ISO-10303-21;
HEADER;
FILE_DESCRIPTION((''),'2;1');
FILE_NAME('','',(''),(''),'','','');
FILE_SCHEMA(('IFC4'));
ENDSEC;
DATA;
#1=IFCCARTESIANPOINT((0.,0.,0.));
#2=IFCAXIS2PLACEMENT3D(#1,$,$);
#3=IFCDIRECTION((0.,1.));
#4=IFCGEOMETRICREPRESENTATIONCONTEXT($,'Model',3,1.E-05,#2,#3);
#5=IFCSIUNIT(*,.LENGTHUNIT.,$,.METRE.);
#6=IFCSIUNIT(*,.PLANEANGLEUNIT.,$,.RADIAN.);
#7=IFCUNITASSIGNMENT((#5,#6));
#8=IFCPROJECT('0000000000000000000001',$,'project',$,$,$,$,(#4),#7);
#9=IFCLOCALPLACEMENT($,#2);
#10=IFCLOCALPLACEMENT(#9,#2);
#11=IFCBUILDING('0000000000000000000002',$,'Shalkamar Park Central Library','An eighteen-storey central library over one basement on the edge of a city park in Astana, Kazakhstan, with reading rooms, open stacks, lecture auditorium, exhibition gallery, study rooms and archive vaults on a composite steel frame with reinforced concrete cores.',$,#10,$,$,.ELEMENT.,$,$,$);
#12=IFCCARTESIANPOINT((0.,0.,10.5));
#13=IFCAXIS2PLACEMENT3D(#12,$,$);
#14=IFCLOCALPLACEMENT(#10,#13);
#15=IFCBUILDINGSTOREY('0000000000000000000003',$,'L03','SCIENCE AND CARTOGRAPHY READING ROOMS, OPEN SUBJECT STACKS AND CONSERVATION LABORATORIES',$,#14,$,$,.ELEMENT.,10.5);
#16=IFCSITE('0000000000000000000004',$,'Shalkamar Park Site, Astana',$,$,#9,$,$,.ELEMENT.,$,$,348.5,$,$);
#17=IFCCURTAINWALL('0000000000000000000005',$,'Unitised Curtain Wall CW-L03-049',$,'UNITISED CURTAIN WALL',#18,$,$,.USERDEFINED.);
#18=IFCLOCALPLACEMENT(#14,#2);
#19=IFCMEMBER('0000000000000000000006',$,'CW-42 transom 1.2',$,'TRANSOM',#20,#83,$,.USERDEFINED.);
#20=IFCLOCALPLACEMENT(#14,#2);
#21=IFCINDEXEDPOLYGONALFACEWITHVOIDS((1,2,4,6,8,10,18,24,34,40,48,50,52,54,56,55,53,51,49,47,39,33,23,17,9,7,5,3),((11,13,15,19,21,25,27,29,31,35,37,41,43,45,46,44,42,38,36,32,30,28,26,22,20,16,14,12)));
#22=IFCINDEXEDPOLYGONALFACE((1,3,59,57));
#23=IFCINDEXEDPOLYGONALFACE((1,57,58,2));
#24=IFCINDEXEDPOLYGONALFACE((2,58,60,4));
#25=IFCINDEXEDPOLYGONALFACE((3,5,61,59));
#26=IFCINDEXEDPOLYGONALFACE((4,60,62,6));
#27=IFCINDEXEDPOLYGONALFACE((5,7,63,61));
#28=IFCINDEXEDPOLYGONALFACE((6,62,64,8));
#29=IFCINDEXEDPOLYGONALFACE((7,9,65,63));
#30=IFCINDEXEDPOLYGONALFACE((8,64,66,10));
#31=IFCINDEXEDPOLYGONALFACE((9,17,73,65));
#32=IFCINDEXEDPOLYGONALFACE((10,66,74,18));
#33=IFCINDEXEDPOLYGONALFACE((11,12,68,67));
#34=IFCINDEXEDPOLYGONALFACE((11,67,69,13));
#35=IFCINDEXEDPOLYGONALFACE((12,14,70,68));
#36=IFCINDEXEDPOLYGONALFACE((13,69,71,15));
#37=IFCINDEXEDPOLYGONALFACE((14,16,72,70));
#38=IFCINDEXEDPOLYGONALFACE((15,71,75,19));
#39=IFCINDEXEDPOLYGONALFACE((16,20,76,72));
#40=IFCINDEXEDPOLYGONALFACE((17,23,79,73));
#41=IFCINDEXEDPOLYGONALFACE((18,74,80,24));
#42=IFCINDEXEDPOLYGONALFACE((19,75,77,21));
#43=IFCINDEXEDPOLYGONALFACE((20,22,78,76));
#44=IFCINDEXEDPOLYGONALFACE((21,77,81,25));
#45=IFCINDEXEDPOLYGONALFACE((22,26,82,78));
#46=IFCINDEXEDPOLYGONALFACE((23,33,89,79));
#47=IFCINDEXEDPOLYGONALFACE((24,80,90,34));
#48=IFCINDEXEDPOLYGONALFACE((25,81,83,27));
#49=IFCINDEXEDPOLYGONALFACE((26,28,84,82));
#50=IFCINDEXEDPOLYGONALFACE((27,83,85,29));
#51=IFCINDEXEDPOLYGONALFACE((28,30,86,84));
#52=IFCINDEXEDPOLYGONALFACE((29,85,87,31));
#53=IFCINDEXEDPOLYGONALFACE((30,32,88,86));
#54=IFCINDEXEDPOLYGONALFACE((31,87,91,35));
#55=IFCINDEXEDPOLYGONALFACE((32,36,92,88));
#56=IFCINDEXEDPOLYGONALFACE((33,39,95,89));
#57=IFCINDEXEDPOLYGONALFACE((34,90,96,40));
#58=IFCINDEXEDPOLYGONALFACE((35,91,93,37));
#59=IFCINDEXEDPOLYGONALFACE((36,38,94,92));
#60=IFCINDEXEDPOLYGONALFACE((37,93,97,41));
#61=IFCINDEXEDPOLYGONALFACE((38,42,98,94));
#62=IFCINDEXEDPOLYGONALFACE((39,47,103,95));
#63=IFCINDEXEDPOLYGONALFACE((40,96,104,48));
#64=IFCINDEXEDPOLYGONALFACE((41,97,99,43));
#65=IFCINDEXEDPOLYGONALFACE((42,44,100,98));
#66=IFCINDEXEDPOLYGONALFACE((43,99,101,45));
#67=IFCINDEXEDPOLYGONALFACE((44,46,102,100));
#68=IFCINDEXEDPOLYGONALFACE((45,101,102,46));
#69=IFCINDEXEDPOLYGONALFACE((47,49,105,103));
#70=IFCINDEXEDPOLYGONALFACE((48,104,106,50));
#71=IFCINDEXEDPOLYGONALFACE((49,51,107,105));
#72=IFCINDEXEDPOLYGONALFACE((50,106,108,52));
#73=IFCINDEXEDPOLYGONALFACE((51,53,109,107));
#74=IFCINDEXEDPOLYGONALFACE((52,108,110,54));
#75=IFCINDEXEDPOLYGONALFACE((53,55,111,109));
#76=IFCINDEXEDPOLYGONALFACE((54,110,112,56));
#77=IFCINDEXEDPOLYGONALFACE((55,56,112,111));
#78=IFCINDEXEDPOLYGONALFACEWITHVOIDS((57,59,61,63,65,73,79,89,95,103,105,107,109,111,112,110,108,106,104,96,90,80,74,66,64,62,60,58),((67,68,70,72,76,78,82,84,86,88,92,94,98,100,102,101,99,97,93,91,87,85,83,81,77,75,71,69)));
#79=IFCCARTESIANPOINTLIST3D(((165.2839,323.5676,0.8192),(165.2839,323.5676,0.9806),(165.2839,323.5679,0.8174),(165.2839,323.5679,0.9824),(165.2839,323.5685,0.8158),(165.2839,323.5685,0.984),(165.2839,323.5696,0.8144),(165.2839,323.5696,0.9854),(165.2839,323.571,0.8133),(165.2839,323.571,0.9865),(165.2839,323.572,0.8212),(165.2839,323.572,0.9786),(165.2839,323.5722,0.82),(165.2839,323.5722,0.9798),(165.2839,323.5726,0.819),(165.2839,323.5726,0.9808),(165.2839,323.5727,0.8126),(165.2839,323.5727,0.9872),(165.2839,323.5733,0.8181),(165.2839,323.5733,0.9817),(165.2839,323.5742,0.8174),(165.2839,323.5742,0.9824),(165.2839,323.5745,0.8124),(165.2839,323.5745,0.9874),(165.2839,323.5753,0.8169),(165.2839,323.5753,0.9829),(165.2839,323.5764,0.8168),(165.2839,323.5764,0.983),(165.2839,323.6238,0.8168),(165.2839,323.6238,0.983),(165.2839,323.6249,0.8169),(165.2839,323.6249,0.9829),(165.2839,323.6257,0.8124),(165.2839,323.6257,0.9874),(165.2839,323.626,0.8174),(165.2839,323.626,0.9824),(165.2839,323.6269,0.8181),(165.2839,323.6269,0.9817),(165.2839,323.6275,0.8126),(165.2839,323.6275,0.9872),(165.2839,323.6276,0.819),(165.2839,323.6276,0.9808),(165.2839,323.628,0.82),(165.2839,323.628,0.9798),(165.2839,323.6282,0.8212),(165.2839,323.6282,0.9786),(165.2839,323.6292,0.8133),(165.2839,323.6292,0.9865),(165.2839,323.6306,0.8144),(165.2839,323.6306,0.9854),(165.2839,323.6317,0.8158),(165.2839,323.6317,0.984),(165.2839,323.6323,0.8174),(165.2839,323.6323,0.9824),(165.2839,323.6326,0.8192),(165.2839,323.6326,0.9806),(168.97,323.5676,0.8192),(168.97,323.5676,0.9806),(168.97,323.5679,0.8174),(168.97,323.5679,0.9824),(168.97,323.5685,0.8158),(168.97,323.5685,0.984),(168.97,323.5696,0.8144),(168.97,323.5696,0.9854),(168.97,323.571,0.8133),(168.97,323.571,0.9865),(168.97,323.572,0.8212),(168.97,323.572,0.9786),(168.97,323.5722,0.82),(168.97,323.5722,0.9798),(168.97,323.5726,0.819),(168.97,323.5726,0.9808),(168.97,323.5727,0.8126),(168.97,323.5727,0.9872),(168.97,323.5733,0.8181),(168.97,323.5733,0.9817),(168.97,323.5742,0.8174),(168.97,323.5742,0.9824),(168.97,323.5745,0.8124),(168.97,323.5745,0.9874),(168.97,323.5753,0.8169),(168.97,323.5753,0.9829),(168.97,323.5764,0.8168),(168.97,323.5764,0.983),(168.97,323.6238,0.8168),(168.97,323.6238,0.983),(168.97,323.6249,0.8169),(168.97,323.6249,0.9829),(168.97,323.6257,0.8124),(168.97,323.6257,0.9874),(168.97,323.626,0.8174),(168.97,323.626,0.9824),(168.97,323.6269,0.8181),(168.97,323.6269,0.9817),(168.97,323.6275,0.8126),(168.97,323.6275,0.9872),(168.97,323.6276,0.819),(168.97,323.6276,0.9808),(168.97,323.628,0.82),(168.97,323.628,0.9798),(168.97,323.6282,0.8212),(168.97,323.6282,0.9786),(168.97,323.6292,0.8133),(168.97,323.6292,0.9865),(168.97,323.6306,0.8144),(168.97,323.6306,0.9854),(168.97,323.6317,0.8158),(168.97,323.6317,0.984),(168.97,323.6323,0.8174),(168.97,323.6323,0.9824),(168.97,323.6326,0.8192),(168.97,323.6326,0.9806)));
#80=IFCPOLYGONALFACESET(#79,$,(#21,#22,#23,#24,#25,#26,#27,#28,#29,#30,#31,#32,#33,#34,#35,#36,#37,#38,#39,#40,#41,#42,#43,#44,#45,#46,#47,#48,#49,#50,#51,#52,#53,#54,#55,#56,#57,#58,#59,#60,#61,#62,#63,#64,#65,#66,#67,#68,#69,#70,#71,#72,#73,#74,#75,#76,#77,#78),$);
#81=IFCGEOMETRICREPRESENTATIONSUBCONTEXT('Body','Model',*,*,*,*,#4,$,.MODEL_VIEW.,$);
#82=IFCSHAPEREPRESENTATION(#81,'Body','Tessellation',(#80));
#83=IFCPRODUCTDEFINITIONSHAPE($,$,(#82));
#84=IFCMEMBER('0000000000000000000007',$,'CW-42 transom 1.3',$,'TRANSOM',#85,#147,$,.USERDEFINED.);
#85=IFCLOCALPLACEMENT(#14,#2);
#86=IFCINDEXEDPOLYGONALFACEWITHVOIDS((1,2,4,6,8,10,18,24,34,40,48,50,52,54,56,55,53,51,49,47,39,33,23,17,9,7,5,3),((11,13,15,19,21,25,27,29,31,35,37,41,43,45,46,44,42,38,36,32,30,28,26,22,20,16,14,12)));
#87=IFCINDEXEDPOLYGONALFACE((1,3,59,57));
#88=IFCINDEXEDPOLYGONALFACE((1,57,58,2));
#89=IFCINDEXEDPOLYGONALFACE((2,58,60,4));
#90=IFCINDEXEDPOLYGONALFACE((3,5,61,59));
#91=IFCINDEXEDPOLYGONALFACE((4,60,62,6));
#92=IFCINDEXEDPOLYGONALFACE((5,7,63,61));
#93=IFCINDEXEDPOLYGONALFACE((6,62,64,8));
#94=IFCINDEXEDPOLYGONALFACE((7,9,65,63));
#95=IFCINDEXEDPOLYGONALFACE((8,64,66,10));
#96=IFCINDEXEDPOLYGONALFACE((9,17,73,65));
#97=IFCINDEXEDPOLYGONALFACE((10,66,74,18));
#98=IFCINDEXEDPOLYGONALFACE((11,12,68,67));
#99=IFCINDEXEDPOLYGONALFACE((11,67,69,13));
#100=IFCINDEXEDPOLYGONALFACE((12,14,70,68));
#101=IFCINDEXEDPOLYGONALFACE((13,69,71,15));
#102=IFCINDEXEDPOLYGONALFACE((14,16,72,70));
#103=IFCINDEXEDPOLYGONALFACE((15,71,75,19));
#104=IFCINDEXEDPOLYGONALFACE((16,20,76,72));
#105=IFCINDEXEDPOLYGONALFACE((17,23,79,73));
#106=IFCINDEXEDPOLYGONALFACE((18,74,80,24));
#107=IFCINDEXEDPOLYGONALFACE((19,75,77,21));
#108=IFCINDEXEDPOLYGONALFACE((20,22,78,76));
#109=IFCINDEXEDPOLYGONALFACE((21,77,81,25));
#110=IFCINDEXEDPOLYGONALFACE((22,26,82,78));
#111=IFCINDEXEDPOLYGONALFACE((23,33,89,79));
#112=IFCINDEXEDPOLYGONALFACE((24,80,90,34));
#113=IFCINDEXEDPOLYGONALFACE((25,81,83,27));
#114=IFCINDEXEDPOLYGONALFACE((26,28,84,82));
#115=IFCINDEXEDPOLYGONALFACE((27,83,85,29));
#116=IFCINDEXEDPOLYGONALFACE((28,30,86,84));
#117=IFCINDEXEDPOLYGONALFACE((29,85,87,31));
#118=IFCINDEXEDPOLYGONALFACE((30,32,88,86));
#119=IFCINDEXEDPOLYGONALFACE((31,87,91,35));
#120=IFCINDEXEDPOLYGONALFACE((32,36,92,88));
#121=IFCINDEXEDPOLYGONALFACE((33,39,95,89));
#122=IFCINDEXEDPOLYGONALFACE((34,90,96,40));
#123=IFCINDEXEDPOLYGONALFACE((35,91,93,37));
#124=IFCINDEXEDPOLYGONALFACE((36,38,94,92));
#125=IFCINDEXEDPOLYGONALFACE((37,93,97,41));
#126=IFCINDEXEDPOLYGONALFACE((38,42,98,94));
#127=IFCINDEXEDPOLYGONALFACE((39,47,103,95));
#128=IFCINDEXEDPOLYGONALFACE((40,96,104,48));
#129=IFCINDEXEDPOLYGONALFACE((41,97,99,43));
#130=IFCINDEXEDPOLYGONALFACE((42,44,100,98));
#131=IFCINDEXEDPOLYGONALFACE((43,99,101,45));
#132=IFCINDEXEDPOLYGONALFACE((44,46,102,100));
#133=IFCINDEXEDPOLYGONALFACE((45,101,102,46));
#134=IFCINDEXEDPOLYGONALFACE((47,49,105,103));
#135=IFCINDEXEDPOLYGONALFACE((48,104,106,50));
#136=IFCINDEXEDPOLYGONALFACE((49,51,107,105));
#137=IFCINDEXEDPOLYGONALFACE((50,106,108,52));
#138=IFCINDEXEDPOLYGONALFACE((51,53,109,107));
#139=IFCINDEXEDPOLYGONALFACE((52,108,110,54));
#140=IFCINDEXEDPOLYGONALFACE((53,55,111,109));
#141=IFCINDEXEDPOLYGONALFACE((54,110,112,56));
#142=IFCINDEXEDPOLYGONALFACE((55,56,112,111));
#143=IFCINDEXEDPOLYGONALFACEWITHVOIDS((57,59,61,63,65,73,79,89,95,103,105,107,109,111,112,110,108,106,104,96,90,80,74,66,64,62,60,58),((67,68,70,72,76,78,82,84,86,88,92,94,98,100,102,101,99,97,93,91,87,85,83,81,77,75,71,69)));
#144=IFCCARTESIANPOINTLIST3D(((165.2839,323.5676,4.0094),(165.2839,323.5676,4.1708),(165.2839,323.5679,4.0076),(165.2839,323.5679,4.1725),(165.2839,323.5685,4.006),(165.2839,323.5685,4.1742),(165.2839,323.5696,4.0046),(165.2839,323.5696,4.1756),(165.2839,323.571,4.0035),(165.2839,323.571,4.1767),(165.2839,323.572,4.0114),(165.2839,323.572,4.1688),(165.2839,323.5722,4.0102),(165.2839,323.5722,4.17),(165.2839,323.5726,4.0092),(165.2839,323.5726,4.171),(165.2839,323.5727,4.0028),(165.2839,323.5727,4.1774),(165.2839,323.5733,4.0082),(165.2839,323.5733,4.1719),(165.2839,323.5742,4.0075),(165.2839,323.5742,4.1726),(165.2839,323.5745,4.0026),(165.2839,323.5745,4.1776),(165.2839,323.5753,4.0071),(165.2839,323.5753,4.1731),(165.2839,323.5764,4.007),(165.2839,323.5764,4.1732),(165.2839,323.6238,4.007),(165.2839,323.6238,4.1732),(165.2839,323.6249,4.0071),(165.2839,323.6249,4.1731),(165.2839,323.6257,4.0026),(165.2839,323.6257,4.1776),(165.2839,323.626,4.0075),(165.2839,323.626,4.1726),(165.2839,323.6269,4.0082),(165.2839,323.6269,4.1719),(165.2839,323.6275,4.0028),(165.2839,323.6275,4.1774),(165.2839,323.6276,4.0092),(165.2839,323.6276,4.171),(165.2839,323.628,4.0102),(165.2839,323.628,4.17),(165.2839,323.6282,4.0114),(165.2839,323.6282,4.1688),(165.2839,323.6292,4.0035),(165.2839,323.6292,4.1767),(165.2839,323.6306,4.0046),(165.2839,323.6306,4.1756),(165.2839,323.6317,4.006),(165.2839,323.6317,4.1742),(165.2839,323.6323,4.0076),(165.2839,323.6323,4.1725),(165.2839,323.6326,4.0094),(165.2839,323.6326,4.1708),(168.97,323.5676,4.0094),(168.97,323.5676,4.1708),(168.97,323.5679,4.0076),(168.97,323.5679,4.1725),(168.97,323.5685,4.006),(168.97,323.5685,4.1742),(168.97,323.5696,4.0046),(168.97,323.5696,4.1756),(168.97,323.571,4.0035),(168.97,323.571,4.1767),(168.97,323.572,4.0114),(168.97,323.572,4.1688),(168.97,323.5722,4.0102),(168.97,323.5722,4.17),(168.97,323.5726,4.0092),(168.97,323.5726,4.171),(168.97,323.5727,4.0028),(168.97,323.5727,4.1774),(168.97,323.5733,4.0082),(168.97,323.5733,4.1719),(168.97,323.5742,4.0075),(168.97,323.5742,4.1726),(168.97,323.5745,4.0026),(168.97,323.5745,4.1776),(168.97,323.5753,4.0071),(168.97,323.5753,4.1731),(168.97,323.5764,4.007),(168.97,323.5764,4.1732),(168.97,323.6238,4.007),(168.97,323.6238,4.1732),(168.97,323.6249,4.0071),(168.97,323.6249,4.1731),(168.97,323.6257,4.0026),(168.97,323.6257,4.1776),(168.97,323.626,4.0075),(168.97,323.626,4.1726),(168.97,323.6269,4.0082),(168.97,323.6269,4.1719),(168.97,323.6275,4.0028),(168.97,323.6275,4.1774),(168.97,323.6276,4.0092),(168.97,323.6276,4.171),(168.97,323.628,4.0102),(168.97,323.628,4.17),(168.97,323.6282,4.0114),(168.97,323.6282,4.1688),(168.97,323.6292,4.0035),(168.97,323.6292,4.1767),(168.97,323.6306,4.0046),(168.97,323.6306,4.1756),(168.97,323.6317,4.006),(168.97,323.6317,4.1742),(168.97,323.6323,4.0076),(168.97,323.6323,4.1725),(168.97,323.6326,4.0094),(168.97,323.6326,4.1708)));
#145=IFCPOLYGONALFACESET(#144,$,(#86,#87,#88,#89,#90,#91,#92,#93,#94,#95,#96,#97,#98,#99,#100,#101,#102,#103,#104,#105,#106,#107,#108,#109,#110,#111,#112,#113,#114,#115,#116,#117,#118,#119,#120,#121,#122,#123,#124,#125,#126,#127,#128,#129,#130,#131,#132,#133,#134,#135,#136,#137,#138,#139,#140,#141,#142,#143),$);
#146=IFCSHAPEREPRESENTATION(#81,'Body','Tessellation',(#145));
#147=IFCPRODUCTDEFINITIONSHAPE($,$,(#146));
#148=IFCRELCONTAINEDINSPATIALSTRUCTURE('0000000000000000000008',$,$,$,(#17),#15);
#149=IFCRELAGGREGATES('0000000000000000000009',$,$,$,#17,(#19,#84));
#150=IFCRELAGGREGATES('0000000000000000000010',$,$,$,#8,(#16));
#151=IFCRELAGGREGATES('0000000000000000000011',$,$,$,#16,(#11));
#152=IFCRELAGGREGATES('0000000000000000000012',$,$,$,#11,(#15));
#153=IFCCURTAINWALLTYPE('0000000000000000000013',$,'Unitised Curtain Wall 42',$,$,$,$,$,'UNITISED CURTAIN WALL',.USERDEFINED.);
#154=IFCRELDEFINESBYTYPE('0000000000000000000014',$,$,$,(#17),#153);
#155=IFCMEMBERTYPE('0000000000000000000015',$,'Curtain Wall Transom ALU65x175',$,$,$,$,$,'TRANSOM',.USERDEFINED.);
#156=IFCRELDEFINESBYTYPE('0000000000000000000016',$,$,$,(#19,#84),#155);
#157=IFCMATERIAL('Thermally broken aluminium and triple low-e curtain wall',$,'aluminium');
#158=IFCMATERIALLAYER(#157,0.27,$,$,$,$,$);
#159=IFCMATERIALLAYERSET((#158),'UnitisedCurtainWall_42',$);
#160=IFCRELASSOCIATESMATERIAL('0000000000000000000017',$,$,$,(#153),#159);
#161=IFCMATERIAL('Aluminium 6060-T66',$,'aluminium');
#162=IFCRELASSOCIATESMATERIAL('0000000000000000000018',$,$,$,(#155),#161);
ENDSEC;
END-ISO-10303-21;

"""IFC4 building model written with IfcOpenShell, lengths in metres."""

from ifc_helpers import new_model, si_unit, direction, frame, origin, origin_2d, place, context, subcontext, project, spatial, hollow_rectangle, extrude, material, layer, layer_set, material_profile, profile_set, type_object, element, aggregate, save


model = new_model("IFC4")

# Units and contexts
model_context = context("Model", 3, precision=1e-05, world=origin(), true_north=direction((0.0, 1.0)))
body_context = subcontext(model_context, "Body", "Model", "MODEL_VIEW")
ifc_project = project(units=[si_unit("LENGTHUNIT", "METRE"), si_unit("PLANEANGLEUNIT", "RADIAN")], contexts=[model_context])

# Site, building, storey
site_placement = place(None, origin())
site = spatial("IfcSite", under=ifc_project, at=site_placement, Name="Shalkamar Park Site, Astana", CompositionType="ELEMENT", RefElevation=348.5)
building_placement = place(site_placement, origin())
building = spatial("IfcBuilding", under=site, at=building_placement, Name="Shalkamar Park Central Library", Description="An eighteen-storey central library over one basement on the edge of a city park in Astana, Kazakhstan, with reading rooms, open stacks, lecture auditorium, exhibition gallery, study rooms and archive vaults on a composite steel frame with reinforced concrete cores.", CompositionType="ELEMENT")
storey_placement = place(building_placement, frame((0.0, 0.0, 10.5)))
storey = spatial("IfcBuildingStorey", under=building, at=storey_placement, Name="L03", Description="SCIENCE AND CARTOGRAPHY READING ROOMS, OPEN SUBJECT STACKS AND CONSERVATION LABORATORIES", CompositionType="ELEMENT", Elevation=10.5)

# Shared definitions
ifc_material_1 = material(Name="Thermally broken aluminium and triple low-e curtain wall", Category="aluminium")
ifc_material_2 = material(Name="Aluminium 6060-T66", Category="aluminium")

# Curtain wall
ifc_layer_1 = layer(ifc_material_1, 0.27)
ifc_layer_set_1 = layer_set([ifc_layer_1], Name="UnitisedCurtainWall_42")
curtain_wall_type_1 = type_object("IfcCurtainWallType", Name="Unitised Curtain Wall 42", ElementType="UNITISED CURTAIN WALL", PredefinedType="USERDEFINED", material=ifc_layer_set_1)
curtain_wall_1_placement = place(storey_placement, origin())
curtain_wall_1 = element("IfcCurtainWall", 1, at=curtain_wall_1_placement, inside=storey, type_object=curtain_wall_type_1, Name="Unitised Curtain Wall CW-L03-049", ObjectType="UNITISED CURTAIN WALL", PredefinedType="USERDEFINED")

# Members
ifc_material_profile_1 = material_profile(ifc_material_2, hollow_rectangle(XDim=0.0649, YDim=0.175, WallThickness=0.0044, InnerFilletRadius=0.0044, OuterFilletRadius=0.0068, at=origin_2d()), Name="ALU 65x175x4.5")
ifc_profile_set_1 = profile_set([ifc_material_profile_1], Name="Aluminium 6060-T66")
member_type_1 = type_object("IfcMemberType", Name="Curtain Wall Transom ALU65x175", ElementType="TRANSOM", PredefinedType="USERDEFINED", material=ifc_profile_set_1)
member_1_placement = place(storey_placement, frame((165.2839, 323.6001, 0.8999), z_axis=(1.0, 0.0, 0.0), x_axis=(0.0, 1.0, 0.0)))
member_1 = element("IfcMember", 2, at=member_1_placement, type_object=member_type_1, Name="CW-42 transom 1.2", ObjectType="TRANSOM", PredefinedType="USERDEFINED", context=body_context, shape_type="SweptSolid", body=[
    extrude(hollow_rectangle(XDim=0.0649, YDim=0.175, WallThickness=0.0044, InnerFilletRadius=0.0044, OuterFilletRadius=0.0068, at=origin_2d()), origin(), (0.0, 0.0, 1.0), 3.686),
])
member_2_placement = place(storey_placement, frame((165.2839, 323.6001, 4.0901), z_axis=(1.0, 0.0, 0.0), x_axis=(0.0, 1.0, 0.0)))
member_2 = element("IfcMember", 3, at=member_2_placement, type_object=member_type_1, Name="CW-42 transom 1.3", ObjectType="TRANSOM", PredefinedType="USERDEFINED", context=body_context, shape_type="SweptSolid", body=[
    extrude(hollow_rectangle(XDim=0.0649, YDim=0.175, WallThickness=0.0044, InnerFilletRadius=0.0044, OuterFilletRadius=0.0068, at=origin_2d()), origin(), (0.0, 0.0, 1.0), 3.686),
])

aggregate(curtain_wall_1, [member_1, member_2])

save(model, "model.ifc")
